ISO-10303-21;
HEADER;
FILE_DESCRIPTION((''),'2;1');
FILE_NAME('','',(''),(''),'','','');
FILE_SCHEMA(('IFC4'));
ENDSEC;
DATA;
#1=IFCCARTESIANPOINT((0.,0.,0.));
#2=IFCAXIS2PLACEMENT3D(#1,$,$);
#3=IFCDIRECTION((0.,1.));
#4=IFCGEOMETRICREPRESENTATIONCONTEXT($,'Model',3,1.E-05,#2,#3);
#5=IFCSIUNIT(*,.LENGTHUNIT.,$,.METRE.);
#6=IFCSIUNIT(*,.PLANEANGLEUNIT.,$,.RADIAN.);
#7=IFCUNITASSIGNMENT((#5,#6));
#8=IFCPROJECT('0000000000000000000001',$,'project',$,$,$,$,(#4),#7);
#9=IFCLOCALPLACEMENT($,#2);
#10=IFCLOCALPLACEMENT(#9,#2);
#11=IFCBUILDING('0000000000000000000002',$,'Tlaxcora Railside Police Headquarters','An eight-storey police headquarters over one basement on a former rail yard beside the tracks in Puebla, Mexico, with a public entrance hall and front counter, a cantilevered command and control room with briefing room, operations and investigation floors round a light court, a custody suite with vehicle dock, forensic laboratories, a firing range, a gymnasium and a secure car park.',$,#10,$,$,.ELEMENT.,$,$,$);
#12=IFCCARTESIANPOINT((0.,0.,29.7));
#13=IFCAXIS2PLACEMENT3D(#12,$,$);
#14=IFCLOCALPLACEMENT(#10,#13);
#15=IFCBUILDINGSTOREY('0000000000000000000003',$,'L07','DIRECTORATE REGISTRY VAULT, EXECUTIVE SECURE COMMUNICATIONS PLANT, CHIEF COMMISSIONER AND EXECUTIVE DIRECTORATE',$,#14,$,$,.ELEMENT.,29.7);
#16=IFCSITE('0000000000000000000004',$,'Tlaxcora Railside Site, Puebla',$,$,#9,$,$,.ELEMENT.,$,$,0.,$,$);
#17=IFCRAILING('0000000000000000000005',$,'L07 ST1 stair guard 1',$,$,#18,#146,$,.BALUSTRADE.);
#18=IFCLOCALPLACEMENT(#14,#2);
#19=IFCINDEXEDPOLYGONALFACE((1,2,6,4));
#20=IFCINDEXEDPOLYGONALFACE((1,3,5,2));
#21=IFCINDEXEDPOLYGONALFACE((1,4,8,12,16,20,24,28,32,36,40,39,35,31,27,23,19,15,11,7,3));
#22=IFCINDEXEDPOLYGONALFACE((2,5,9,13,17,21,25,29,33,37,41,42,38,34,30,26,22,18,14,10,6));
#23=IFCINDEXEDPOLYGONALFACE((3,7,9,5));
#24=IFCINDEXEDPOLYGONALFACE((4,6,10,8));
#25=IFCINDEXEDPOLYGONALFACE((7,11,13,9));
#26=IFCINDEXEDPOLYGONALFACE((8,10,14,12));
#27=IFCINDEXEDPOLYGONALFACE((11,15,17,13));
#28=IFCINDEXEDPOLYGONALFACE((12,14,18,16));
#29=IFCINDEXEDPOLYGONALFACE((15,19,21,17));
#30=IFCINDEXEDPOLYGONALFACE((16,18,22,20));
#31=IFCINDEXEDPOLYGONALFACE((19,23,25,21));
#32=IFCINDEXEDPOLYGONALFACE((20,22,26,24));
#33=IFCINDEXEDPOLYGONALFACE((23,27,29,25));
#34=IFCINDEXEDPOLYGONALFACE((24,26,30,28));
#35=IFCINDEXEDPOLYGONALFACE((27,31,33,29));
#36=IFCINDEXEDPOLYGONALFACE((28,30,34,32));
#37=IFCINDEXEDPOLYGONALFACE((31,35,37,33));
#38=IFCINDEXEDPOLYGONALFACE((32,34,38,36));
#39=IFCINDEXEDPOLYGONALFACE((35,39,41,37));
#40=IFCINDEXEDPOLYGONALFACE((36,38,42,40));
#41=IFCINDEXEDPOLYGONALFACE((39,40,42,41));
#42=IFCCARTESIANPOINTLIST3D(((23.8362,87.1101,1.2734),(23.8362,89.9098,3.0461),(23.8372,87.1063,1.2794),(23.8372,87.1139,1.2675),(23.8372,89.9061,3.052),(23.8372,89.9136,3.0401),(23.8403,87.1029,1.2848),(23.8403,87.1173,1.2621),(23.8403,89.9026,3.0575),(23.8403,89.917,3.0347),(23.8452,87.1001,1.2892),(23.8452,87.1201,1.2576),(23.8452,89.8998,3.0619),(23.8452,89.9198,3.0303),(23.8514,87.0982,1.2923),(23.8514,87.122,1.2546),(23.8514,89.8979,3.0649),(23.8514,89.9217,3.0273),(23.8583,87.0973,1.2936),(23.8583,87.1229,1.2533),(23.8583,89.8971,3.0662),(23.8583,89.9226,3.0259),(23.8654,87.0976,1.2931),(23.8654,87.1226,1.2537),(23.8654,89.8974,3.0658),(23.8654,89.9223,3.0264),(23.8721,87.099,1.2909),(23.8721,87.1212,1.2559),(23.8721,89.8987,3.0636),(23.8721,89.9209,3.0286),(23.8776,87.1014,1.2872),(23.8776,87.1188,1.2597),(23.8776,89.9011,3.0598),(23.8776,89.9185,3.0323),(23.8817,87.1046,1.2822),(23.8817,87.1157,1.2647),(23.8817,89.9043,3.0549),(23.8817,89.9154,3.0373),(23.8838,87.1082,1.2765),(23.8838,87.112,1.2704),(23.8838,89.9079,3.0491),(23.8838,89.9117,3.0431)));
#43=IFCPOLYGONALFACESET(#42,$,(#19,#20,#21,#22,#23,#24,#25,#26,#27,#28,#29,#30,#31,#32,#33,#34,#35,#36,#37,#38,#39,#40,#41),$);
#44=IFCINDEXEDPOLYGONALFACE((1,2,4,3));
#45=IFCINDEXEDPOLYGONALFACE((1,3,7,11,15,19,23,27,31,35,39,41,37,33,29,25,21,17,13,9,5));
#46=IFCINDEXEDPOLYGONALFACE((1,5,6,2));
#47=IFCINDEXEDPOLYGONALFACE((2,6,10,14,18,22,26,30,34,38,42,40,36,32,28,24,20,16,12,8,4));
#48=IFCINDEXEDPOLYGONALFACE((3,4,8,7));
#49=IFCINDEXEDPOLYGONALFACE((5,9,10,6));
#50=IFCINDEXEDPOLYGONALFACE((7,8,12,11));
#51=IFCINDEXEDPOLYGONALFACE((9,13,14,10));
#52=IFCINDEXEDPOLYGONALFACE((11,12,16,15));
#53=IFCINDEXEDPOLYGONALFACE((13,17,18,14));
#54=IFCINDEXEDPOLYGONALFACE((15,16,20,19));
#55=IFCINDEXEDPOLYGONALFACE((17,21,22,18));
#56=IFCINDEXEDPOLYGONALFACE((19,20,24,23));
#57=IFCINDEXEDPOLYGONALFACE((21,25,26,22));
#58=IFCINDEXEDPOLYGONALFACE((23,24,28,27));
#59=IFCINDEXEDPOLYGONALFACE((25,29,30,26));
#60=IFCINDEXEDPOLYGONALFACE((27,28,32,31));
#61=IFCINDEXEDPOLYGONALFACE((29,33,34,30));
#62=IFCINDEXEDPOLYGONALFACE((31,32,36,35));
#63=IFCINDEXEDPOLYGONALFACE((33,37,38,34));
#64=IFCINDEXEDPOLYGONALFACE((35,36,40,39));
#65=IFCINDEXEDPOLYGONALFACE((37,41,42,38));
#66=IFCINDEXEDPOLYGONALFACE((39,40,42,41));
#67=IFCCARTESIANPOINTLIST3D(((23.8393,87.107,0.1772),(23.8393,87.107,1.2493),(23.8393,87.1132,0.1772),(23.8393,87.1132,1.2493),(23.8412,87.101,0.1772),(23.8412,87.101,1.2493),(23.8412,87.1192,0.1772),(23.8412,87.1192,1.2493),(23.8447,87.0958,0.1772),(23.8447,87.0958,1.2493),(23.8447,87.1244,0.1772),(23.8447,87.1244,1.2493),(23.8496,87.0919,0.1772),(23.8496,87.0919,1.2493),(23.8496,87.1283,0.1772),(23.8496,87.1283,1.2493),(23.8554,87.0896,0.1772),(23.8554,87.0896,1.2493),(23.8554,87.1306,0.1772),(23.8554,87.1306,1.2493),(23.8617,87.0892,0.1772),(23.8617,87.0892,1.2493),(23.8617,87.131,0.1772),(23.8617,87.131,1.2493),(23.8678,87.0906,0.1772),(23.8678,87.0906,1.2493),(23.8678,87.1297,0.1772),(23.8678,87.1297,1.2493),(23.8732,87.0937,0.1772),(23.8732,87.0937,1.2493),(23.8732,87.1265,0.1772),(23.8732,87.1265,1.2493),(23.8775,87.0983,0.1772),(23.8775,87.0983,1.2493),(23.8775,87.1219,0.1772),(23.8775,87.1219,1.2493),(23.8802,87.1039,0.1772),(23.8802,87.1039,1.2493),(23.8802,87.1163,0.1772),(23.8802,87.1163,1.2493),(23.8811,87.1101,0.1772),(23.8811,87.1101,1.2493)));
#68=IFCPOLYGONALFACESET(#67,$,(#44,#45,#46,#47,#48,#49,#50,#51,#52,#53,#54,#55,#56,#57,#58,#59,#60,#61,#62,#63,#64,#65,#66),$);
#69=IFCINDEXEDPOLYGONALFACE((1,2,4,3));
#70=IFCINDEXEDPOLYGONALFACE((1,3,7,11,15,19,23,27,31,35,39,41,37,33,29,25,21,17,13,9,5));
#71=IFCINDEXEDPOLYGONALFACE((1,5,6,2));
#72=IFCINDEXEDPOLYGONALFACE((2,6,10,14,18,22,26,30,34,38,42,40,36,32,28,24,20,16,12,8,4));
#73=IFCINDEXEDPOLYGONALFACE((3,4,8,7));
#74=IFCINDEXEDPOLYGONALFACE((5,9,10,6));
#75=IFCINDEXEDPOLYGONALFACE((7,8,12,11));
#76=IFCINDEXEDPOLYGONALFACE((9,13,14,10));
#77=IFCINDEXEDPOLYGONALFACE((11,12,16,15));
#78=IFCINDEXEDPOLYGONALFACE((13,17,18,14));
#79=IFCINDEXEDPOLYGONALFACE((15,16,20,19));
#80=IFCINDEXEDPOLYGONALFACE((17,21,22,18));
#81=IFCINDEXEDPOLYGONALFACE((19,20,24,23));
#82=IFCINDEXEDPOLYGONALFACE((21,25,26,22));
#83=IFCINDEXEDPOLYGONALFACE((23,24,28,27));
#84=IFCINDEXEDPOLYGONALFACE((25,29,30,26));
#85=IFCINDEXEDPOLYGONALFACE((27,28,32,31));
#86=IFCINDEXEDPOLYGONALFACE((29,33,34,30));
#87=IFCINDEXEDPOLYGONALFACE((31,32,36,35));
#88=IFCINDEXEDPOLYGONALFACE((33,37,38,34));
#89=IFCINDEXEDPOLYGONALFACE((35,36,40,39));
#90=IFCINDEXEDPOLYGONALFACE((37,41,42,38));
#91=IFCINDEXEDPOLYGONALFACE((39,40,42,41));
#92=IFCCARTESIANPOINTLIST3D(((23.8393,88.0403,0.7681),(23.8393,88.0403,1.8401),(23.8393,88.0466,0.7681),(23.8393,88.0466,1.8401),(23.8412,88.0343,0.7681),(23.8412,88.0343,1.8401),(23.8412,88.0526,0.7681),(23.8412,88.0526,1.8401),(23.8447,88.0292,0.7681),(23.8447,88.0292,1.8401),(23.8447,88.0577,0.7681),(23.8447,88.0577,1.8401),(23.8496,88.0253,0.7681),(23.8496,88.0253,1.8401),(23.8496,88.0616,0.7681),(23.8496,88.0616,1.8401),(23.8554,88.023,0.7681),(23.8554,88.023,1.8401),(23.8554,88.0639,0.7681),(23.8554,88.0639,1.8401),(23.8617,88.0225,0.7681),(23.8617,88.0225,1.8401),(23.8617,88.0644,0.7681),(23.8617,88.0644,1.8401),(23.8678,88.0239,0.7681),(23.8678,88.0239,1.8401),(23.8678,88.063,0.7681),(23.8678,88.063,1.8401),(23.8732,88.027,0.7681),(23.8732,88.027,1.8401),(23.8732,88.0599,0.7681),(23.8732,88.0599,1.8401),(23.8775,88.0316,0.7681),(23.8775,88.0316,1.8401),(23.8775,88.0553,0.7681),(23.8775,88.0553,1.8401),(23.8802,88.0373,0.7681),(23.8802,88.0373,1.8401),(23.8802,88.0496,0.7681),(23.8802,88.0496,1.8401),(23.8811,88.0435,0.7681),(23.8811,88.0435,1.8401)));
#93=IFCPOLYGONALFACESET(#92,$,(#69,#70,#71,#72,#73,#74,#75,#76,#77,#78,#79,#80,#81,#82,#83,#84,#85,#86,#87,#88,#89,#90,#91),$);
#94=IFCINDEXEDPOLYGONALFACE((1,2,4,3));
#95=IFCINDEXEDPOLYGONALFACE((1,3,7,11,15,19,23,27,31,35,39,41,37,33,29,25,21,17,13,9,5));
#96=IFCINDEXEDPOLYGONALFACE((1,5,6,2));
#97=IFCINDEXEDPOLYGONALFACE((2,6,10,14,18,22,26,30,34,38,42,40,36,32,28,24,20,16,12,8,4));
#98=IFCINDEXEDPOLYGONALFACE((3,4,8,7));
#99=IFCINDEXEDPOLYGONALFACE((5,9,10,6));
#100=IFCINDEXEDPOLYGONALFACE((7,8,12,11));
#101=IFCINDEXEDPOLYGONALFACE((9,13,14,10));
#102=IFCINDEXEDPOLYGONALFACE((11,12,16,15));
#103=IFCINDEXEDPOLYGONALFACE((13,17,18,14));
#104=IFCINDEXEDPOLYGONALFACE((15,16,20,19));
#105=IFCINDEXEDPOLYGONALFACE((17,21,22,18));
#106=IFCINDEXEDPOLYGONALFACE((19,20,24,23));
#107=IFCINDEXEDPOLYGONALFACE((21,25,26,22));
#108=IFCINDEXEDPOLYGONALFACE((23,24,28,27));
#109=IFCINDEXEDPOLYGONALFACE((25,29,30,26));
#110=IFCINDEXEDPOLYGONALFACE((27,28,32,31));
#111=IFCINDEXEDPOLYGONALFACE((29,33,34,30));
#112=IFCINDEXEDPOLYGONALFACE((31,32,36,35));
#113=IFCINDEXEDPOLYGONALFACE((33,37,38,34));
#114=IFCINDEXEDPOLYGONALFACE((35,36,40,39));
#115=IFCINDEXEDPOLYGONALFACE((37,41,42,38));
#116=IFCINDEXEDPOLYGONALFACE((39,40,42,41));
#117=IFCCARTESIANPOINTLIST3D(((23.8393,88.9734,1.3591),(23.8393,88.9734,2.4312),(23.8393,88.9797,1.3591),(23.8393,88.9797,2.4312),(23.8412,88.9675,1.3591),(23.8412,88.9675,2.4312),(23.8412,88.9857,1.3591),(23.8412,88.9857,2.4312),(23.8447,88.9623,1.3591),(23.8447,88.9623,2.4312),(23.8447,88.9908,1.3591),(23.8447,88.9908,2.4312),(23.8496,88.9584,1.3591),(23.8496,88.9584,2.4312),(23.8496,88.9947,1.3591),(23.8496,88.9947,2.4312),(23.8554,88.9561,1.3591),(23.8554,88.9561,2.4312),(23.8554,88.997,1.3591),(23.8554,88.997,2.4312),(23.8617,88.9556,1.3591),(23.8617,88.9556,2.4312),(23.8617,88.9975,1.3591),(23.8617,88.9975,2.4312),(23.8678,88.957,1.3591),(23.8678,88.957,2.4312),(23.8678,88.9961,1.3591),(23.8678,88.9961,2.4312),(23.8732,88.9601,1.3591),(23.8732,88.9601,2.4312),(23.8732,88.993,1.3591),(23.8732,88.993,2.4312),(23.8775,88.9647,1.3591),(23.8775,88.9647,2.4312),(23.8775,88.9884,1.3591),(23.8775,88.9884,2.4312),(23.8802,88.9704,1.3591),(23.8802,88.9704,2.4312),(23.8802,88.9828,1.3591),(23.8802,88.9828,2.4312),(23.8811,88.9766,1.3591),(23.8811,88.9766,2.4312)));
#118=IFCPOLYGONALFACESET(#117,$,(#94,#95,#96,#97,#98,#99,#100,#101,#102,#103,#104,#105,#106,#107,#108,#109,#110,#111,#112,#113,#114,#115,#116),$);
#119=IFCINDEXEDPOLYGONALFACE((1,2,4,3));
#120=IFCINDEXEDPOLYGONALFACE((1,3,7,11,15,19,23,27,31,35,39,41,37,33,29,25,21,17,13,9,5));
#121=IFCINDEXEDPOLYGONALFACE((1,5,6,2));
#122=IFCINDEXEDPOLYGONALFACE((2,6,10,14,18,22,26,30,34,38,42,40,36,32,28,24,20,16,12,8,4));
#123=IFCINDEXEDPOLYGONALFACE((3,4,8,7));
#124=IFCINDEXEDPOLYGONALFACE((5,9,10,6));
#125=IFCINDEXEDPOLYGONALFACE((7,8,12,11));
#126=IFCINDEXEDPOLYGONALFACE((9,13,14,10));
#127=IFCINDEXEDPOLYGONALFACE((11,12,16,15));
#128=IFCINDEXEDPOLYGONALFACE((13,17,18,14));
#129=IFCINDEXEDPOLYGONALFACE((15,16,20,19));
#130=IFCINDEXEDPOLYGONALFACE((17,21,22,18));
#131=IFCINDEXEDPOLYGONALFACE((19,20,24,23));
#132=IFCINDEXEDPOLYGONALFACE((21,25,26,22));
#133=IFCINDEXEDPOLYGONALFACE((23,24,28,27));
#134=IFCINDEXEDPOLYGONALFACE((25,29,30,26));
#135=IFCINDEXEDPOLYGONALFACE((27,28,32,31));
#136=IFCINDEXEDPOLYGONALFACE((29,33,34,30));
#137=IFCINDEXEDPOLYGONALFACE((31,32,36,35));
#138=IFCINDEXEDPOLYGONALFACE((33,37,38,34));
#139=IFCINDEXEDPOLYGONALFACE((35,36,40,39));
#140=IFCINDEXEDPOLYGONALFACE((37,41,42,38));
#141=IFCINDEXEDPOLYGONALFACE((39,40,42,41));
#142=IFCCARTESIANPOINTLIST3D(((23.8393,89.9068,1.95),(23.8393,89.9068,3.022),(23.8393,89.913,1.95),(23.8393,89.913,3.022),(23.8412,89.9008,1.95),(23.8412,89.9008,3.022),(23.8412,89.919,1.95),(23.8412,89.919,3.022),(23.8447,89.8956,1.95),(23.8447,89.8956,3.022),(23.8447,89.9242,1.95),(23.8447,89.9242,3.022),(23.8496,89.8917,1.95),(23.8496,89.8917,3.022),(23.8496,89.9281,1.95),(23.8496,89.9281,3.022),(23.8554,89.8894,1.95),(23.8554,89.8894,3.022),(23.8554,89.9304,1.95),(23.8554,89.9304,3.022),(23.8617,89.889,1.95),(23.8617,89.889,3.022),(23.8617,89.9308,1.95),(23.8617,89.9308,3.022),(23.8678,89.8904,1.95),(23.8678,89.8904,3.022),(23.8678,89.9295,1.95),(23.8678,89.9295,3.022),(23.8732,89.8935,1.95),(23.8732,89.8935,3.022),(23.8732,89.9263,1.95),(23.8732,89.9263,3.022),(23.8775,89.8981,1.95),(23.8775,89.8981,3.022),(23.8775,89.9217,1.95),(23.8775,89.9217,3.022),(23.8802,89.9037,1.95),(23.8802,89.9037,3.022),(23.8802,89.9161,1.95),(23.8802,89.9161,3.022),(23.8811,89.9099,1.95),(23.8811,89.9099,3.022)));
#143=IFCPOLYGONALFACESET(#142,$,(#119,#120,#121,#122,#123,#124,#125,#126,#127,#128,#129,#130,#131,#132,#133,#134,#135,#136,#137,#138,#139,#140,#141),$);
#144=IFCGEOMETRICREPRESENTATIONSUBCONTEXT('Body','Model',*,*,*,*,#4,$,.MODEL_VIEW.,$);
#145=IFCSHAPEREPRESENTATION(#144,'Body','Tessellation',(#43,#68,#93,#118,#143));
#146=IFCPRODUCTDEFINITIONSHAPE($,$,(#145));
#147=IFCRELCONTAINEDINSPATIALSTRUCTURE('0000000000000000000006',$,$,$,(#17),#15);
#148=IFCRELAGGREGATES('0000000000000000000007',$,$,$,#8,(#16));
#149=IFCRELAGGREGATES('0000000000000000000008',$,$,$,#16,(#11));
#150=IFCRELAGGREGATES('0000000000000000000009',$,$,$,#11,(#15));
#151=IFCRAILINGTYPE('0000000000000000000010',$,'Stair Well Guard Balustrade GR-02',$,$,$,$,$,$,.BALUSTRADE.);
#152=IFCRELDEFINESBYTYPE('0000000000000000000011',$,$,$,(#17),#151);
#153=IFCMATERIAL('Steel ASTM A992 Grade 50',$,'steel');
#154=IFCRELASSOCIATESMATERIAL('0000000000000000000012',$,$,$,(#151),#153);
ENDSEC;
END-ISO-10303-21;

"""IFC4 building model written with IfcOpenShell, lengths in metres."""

from ifc_helpers import new_model, si_unit, direction, frame, origin, origin_2d, place, context, subcontext, project, spatial, circle, extrude, material, type_object, element, save


model = new_model("IFC4")

# Units and contexts
model_context = context("Model", 3, precision=1e-05, world=origin(), true_north=direction((0.0, 1.0)))
body_context = subcontext(model_context, "Body", "Model", "MODEL_VIEW")
ifc_project = project(units=[si_unit("LENGTHUNIT", "METRE"), si_unit("PLANEANGLEUNIT", "RADIAN")], contexts=[model_context])

# Site, building, storey
site_placement = place(None, origin())
site = spatial("IfcSite", under=ifc_project, at=site_placement, Name="Tlaxcora Railside Site, Puebla", CompositionType="ELEMENT", RefElevation=0.0)
building_placement = place(site_placement, origin())
building = spatial("IfcBuilding", under=site, at=building_placement, Name="Tlaxcora Railside Police Headquarters", Description="An eight-storey police headquarters over one basement on a former rail yard beside the tracks in Puebla, Mexico, with a public entrance hall and front counter, a cantilevered command and control room with briefing room, operations and investigation floors round a light court, a custody suite with vehicle dock, forensic laboratories, a firing range, a gymnasium and a secure car park.", CompositionType="ELEMENT")
storey_placement = place(building_placement, frame((0.0, 0.0, 29.7)))
storey = spatial("IfcBuildingStorey", under=building, at=storey_placement, Name="L07", Description="DIRECTORATE REGISTRY VAULT, EXECUTIVE SECURE COMMUNICATIONS PLANT, CHIEF COMMISSIONER AND EXECUTIVE DIRECTORATE", CompositionType="ELEMENT", Elevation=29.7)

# Shared definitions
ifc_material_1 = material(Name="Steel ASTM A992 Grade 50", Category="steel")

# Railing
railing_type_1 = type_object("IfcRailingType", Name="Stair Well Guard Balustrade GR-02", PredefinedType="BALUSTRADE", material=ifc_material_1)
railing_1_placement = place(storey_placement, frame((23.8601, 87.1101, 0.1772)))
element("IfcRailing", 1, at=railing_1_placement, inside=storey, type_object=railing_type_1, Name="L07 ST1 stair guard 1", PredefinedType="BALUSTRADE", context=body_context, shape_type="SweptSolid", body=[
    extrude(circle(Radius=0.0239, at=origin_2d()), frame((0.0, 0.0, 1.0962), z_axis=(0.0, 0.844888, 0.534943), x_axis=(-1.0, 0.0, 0.0)), (0.0, 0.0, 1.0), 3.3137),
    extrude(circle(Radius=0.021, at=origin_2d()), origin(), (0.0, 0.0, 1.0), 1.072),
    extrude(circle(Radius=0.021, at=origin_2d()), frame((0.0, 0.9333, 0.5908)), (0.0, 0.0, 1.0), 1.072),
    extrude(circle(Radius=0.021, at=origin_2d()), frame((0.0, 1.8665, 1.1819)), (0.0, 0.0, 1.0), 1.072),
    extrude(circle(Radius=0.021, at=origin_2d()), frame((0.0, 2.7998, 1.7727)), (0.0, 0.0, 1.0), 1.072),
])

save(model, "model.ifc")
